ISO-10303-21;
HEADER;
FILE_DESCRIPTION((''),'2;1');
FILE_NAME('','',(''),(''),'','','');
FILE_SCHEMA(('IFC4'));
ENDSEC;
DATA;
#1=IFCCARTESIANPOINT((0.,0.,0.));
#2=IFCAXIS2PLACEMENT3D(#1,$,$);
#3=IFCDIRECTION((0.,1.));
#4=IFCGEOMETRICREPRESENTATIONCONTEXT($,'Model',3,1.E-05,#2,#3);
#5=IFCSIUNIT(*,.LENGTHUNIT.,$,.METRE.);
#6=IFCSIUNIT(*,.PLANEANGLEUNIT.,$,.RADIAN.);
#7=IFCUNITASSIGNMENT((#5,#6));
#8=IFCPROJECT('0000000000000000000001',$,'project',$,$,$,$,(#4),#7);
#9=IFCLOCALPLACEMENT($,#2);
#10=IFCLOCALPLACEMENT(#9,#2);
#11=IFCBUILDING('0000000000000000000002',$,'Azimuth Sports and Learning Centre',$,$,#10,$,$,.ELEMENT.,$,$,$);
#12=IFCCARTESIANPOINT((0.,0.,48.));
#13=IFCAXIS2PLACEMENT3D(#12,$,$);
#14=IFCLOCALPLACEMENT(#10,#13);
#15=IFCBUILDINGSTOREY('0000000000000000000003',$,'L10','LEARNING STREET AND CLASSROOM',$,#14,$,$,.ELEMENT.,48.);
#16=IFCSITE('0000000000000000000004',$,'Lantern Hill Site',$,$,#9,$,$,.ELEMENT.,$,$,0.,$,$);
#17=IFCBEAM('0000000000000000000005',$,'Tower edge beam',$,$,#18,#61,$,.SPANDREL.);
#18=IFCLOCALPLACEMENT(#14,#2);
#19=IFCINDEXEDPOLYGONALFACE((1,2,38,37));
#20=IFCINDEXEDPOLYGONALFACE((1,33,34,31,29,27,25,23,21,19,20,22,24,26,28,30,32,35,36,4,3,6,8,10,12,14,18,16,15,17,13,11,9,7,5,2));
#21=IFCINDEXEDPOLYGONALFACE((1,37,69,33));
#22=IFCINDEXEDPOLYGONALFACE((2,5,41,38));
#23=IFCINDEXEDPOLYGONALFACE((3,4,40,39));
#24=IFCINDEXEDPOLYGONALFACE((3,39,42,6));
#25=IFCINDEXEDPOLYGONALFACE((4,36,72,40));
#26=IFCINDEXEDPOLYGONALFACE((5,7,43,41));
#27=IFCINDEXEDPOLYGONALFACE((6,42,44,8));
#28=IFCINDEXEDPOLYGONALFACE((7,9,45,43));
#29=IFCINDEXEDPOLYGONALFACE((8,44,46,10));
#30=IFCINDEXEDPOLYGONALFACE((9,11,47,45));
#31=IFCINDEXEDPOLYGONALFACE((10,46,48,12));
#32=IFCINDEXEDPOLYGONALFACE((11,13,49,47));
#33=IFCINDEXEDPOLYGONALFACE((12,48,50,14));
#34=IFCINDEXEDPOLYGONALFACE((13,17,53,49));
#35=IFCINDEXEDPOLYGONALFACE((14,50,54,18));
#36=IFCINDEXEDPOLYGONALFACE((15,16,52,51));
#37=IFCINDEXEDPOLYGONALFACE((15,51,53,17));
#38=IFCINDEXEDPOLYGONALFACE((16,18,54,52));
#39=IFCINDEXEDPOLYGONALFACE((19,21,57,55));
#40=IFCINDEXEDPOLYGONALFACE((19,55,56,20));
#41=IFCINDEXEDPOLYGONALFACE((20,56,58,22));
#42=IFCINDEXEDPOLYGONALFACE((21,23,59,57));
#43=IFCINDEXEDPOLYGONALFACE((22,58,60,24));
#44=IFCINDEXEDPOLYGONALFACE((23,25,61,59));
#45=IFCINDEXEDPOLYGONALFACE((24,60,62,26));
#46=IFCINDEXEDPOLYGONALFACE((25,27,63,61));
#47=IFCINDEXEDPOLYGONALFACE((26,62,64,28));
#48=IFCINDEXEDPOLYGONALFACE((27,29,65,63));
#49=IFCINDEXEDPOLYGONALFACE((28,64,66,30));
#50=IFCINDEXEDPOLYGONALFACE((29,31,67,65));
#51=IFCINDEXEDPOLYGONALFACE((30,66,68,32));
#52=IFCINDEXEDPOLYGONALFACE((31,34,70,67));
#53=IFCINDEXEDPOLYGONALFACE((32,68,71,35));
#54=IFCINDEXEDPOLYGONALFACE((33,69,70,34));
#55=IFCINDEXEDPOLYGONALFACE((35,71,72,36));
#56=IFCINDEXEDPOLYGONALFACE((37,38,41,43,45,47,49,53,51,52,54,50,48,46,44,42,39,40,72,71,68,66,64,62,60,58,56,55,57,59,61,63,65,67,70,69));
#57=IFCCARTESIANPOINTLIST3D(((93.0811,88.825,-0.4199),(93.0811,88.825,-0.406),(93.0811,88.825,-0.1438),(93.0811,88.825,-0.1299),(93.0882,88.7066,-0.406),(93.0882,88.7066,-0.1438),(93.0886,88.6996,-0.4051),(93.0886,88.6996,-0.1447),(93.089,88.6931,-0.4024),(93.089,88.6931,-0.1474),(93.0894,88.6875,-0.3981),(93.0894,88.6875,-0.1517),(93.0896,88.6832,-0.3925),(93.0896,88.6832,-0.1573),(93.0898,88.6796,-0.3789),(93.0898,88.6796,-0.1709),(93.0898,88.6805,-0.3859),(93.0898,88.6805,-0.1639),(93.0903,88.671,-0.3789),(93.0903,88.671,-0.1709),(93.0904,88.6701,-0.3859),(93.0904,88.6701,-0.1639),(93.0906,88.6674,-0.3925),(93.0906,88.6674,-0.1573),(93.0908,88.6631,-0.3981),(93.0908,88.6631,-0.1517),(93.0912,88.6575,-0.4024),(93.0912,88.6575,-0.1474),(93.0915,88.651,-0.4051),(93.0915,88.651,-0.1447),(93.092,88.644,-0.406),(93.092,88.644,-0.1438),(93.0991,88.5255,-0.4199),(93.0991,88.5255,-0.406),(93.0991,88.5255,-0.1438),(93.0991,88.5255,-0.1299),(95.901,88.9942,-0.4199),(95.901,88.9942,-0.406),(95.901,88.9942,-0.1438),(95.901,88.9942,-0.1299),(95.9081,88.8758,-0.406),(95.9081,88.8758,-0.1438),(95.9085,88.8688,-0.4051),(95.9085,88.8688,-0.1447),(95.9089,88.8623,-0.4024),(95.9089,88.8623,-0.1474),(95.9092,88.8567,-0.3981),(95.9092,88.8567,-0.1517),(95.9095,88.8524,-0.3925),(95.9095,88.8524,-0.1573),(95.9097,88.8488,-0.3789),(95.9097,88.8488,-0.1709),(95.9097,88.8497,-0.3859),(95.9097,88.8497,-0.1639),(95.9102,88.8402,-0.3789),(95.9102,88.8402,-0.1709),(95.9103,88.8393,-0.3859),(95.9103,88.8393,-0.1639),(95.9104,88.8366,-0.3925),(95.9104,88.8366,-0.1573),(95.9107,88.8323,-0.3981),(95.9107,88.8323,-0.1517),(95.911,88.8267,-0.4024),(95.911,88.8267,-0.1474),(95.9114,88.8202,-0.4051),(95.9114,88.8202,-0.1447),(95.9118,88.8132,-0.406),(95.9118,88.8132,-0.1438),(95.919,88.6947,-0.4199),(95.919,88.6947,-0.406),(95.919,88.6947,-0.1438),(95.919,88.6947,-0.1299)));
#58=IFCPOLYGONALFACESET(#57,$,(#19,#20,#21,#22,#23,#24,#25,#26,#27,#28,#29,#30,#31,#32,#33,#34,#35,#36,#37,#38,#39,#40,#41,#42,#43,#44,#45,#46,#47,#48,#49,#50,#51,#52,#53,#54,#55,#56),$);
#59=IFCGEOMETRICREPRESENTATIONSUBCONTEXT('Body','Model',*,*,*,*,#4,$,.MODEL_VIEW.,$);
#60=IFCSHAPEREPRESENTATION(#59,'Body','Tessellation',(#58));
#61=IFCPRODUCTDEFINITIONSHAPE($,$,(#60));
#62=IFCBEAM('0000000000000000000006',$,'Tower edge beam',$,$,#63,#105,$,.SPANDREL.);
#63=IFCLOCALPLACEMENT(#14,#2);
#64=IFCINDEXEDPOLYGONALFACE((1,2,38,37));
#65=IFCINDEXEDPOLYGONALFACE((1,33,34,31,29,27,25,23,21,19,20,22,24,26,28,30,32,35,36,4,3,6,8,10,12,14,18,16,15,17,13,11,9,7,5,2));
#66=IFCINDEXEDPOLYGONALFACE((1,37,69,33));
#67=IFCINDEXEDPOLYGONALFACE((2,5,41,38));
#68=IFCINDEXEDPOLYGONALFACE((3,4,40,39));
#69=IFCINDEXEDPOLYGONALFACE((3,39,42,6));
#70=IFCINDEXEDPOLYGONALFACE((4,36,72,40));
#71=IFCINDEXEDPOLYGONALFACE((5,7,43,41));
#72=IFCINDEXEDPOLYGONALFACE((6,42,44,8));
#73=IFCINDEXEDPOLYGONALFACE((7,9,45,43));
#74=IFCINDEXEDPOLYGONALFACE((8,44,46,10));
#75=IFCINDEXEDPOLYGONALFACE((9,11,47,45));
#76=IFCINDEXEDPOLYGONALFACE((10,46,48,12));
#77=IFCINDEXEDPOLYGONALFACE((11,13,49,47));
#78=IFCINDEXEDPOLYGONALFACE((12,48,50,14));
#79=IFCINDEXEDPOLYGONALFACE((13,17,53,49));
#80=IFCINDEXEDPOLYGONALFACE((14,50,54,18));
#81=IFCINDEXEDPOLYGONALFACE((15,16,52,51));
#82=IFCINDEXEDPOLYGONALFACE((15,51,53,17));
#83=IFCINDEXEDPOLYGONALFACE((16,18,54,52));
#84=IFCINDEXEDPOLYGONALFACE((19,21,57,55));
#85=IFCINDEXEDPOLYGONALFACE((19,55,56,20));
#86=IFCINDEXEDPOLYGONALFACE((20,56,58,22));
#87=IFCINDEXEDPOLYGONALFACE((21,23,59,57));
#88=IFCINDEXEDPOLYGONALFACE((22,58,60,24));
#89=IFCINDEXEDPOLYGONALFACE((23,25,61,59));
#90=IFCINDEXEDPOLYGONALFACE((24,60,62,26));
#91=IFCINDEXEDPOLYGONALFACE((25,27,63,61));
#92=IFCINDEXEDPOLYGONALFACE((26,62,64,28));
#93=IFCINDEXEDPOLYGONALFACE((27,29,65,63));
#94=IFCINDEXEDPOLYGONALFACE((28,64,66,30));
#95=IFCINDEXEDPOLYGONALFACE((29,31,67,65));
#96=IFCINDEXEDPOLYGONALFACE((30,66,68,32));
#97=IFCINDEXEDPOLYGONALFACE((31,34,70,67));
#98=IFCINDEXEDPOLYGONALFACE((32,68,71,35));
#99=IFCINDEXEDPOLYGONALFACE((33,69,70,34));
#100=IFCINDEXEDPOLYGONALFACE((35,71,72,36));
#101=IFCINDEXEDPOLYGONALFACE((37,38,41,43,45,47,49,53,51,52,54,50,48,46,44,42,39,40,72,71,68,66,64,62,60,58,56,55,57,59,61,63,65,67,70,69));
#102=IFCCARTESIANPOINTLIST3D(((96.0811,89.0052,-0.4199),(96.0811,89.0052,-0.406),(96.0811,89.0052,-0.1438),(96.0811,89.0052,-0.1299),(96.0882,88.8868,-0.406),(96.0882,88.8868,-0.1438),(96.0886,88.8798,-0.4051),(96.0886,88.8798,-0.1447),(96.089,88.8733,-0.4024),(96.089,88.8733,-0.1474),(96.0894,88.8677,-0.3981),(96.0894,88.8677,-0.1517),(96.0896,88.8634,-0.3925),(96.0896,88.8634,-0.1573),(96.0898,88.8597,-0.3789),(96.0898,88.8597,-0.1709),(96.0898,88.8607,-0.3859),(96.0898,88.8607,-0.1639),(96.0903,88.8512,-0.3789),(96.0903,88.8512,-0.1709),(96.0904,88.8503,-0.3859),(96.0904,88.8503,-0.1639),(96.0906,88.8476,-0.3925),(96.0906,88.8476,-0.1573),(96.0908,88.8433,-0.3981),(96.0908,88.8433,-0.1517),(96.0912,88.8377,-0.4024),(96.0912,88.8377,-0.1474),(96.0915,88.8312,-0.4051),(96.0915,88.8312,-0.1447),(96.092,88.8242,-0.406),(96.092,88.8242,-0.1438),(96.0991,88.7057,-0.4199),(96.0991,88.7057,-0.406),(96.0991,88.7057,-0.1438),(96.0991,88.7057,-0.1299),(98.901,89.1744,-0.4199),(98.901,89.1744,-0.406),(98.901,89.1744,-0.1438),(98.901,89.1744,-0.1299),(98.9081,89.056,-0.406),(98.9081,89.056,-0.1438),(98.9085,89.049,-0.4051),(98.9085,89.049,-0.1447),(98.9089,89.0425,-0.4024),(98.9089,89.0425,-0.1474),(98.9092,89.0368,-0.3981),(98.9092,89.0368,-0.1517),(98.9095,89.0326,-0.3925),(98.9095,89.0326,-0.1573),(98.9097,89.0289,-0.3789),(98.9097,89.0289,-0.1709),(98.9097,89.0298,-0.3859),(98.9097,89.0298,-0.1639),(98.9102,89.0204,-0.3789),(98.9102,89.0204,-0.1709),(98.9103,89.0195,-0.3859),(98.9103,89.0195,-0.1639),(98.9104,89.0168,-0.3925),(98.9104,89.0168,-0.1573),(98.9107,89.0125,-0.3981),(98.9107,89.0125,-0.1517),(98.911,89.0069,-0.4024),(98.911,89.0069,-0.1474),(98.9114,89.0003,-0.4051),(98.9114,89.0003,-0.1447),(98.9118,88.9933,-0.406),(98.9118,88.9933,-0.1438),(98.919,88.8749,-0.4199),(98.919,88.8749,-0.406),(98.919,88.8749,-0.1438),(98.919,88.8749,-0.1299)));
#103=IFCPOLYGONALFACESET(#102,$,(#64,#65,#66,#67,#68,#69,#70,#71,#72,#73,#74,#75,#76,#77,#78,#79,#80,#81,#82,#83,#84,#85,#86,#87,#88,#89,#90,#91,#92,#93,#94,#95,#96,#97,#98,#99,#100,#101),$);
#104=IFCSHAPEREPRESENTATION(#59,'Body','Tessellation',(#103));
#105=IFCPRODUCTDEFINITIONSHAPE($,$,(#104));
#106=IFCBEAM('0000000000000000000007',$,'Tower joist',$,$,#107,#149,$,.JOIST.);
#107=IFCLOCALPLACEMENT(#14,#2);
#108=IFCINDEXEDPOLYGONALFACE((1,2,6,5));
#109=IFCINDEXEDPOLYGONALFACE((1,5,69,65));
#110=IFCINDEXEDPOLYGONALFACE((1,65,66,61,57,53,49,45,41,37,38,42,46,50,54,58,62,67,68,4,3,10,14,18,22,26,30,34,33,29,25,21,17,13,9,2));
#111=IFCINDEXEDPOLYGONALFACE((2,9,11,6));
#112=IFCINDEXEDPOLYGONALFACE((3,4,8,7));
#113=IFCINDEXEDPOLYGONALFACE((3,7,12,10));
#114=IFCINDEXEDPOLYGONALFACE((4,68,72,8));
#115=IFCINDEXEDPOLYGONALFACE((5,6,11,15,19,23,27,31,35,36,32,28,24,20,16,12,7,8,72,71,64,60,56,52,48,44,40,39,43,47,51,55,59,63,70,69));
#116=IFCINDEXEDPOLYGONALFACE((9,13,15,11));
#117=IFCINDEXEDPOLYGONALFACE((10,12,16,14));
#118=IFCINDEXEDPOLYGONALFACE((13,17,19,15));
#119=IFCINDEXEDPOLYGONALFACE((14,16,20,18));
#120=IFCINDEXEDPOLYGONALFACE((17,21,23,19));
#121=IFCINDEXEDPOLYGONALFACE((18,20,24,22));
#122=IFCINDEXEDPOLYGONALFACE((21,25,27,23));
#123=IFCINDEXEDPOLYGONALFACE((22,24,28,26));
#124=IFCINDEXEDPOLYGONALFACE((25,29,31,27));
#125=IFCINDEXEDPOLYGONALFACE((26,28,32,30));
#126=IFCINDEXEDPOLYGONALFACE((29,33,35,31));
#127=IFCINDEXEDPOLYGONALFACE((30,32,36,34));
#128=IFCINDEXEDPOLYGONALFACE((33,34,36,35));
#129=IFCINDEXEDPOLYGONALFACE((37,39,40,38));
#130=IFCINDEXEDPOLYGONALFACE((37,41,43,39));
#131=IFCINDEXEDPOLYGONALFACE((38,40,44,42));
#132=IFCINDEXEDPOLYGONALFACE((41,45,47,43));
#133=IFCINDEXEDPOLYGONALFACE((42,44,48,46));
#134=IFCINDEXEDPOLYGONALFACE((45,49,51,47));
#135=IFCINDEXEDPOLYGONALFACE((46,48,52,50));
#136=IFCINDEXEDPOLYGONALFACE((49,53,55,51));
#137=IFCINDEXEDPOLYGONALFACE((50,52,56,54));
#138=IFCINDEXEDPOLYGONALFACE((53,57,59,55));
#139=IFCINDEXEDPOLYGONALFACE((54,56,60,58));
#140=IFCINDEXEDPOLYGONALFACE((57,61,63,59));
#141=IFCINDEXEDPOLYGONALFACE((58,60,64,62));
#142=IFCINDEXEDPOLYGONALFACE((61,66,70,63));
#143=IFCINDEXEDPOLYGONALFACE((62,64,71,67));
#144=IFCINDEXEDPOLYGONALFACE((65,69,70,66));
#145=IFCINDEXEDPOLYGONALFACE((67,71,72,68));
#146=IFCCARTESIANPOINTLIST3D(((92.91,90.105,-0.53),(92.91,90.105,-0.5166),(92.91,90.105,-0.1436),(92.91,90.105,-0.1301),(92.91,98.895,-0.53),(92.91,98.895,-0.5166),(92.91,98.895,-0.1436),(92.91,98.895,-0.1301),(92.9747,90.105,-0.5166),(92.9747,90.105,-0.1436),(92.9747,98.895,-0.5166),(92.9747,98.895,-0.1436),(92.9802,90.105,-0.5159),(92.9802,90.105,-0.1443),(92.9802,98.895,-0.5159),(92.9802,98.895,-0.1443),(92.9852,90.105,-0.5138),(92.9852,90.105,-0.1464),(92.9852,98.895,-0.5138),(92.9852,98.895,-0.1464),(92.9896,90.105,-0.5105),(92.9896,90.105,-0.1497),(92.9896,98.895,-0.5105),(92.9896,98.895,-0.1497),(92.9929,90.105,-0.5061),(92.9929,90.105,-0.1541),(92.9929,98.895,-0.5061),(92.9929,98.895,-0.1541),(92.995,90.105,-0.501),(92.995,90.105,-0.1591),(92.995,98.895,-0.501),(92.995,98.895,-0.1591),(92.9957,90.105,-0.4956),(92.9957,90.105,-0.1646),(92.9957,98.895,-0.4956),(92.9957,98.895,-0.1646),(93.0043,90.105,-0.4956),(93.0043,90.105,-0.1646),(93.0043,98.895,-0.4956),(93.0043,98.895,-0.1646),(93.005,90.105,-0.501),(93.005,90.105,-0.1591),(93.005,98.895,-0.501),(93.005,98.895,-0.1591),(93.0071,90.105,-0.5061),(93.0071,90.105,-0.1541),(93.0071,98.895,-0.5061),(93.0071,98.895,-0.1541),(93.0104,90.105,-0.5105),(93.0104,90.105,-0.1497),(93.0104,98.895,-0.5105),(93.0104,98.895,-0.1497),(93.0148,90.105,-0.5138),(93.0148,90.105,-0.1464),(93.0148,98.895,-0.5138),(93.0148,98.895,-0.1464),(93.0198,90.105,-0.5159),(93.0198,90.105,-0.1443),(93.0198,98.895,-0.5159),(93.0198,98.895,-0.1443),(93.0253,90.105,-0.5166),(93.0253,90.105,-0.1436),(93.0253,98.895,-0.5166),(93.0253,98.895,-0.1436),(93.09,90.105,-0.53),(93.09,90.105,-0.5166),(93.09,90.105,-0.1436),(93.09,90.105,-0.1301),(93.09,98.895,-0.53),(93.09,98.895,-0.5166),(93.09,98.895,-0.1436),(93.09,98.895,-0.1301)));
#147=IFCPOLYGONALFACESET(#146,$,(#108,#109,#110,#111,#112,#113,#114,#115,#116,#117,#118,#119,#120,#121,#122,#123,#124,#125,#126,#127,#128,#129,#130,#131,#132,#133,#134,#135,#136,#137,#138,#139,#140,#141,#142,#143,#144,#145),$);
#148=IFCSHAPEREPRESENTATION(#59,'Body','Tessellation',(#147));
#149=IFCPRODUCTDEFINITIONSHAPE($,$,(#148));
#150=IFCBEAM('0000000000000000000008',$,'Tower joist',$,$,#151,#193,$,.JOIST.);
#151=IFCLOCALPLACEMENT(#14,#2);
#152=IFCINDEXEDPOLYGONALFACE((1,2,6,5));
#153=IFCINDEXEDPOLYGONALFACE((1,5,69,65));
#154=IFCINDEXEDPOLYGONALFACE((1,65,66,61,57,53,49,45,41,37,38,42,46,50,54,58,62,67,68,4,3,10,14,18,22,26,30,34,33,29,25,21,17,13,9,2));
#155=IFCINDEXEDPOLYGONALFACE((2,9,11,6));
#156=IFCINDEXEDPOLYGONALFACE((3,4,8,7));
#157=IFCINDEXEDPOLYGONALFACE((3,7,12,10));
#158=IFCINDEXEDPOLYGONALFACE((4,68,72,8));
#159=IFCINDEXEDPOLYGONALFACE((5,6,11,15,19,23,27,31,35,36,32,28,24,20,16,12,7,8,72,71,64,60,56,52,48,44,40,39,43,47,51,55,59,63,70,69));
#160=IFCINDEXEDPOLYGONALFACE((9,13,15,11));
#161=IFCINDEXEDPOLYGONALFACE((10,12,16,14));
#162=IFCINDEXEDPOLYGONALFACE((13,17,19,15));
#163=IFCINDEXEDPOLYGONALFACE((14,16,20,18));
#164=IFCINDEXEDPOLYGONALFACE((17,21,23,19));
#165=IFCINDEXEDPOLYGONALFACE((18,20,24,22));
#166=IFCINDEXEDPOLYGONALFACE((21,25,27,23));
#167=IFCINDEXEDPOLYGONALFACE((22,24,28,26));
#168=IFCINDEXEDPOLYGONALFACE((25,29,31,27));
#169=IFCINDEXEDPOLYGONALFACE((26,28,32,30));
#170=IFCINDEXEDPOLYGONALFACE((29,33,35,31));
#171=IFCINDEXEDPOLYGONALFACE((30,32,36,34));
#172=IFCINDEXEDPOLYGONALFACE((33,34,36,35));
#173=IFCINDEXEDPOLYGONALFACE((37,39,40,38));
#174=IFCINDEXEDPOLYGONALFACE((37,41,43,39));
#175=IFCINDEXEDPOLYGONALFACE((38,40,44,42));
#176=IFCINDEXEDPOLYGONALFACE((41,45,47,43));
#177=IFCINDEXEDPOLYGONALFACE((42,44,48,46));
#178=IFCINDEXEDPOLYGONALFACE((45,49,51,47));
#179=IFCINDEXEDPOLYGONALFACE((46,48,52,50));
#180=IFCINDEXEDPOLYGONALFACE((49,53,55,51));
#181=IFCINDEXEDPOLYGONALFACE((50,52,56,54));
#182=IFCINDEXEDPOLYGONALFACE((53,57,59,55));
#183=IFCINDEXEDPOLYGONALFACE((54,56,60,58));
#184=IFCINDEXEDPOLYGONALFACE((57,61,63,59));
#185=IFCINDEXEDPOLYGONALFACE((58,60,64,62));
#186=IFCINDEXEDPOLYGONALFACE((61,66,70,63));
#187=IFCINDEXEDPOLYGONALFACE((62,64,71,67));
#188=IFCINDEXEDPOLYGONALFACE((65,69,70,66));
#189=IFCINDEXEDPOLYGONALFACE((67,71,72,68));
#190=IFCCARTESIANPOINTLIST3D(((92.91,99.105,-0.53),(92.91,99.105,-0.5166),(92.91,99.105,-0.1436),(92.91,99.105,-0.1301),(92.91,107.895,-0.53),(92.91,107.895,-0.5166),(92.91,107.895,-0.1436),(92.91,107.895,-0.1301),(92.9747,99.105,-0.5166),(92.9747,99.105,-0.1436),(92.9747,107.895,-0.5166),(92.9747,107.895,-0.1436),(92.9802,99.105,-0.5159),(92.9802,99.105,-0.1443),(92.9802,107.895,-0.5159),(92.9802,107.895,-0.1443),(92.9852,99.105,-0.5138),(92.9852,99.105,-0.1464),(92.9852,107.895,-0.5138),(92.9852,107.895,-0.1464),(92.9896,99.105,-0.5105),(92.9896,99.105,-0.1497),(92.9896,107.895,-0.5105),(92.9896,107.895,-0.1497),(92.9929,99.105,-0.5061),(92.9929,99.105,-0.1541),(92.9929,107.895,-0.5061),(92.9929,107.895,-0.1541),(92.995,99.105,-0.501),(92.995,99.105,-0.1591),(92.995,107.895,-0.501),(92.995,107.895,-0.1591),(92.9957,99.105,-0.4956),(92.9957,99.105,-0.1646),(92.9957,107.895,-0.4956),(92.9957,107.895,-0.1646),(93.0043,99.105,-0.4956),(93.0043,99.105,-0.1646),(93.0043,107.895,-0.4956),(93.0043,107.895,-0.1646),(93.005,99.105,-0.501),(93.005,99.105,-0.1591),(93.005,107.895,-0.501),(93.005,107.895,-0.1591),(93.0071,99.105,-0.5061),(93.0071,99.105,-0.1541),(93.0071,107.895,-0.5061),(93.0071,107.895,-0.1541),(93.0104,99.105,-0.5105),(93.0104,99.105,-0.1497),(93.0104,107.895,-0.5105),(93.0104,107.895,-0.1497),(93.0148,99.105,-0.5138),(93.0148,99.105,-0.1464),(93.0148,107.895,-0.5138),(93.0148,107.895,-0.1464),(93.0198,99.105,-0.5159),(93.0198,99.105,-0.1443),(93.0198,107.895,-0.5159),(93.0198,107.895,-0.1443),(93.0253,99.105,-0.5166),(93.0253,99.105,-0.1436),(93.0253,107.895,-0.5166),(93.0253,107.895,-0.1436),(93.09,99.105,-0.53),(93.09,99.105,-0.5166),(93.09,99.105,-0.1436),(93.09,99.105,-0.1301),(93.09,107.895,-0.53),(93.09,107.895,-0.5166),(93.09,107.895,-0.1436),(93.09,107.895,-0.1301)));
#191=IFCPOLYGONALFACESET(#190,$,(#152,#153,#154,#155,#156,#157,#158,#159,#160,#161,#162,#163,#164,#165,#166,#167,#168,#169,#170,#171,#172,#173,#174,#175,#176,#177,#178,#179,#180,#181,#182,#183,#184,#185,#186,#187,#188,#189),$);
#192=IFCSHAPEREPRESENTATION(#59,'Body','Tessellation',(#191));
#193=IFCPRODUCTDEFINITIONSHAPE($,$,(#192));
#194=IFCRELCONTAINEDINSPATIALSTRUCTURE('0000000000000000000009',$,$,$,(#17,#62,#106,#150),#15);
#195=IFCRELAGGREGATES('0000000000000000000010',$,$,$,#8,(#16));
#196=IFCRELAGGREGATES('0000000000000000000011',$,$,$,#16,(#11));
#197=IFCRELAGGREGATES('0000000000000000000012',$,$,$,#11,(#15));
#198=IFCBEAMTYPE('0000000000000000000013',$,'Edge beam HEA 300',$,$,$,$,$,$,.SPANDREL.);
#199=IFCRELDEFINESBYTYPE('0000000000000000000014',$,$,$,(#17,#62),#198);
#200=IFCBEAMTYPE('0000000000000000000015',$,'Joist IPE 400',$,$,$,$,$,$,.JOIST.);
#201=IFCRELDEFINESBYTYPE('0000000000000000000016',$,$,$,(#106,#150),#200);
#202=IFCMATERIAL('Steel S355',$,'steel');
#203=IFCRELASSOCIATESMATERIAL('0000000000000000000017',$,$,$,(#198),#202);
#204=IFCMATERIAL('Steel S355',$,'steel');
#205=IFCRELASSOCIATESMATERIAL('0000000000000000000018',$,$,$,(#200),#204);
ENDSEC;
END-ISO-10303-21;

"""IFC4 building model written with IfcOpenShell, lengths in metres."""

from ifc_helpers import new_model, si_unit, direction, frame, origin, origin_2d, place, context, subcontext, project, spatial, i_section, extrude, material, material_profile, profile_set, type_object, element, save


model = new_model("IFC4")

# Units and contexts
model_context = context("Model", 3, precision=1e-05, world=origin(), true_north=direction((0.0, 1.0)))
body_context = subcontext(model_context, "Body", "Model", "MODEL_VIEW")
ifc_project = project(units=[si_unit("LENGTHUNIT", "METRE"), si_unit("PLANEANGLEUNIT", "RADIAN")], contexts=[model_context])

# Site, building, storey
site_placement = place(None, origin())
site = spatial("IfcSite", under=ifc_project, at=site_placement, Name="Lantern Hill Site", CompositionType="ELEMENT", RefElevation=0.0)
building_placement = place(site_placement, origin())
building = spatial("IfcBuilding", under=site, at=building_placement, Name="Azimuth Sports and Learning Centre", CompositionType="ELEMENT")
storey_placement = place(building_placement, frame((0.0, 0.0, 48.0)))
storey = spatial("IfcBuildingStorey", under=building, at=storey_placement, Name="L10", Description="LEARNING STREET AND CLASSROOM", CompositionType="ELEMENT", Elevation=48.0)

# Beams
ifc_material_1 = material(Name="Steel S355", Category="steel")
ifc_material_profile_1 = material_profile(ifc_material_1, i_section(OverallWidth=0.3, OverallDepth=0.29, WebThickness=0.0085, FlangeThickness=0.0139, FilletRadius=0.0271, at=origin_2d()), Name="HEA 300")
ifc_profile_set_1 = profile_set([ifc_material_profile_1], Name="Steel S355")
beam_type_1 = type_object("IfcBeamType", Name="Edge beam HEA 300", PredefinedType="SPANDREL", material=ifc_profile_set_1)
for number, where, z_axis, x_axis, name in (
    (1, (93.0901, 88.6753, -0.2749), (0.998205, 0.059892, 0.0), (-0.059892, 0.998205, 0.0), "Tower edge beam"),
    (2, (96.0901, 88.8555, -0.2749), (0.998205, 0.059892, 0.0), (-0.059892, 0.998205, 0.0), "Tower edge beam"),
):
    element("IfcBeam", number, at=place(storey_placement, frame(where, z_axis=z_axis, x_axis=x_axis)), inside=storey, type_object=beam_type_1, Name=name, PredefinedType="SPANDREL", context=body_context, shape_type="SweptSolid", body=[
        extrude(i_section(OverallWidth=0.3, OverallDepth=0.29, WebThickness=0.0085, FlangeThickness=0.0139, FilletRadius=0.0271, at=origin_2d()), origin(), (0.0, 0.0, 1.0), 2.825),
    ])
ifc_material_2 = material(Name="Steel S355", Category="steel")
ifc_material_profile_2 = material_profile(ifc_material_2, i_section(OverallWidth=0.1799, OverallDepth=0.3999, WebThickness=0.0085, FlangeThickness=0.0134, FilletRadius=0.021, at=origin_2d()), Name="IPE 400")
ifc_profile_set_2 = profile_set([ifc_material_profile_2], Name="Steel S355")
beam_type_2 = type_object("IfcBeamType", Name="Joist IPE 400", PredefinedType="JOIST", material=ifc_profile_set_2)
for number, where, z_axis, x_axis, name in (
    (3, (93.0, 90.105, -0.3301), (0.0, 1.0, 0.0), (-1.0, 0.0, 0.0), "Tower joist"),
    (4, (93.0, 99.105, -0.3301), (0.0, 1.0, 0.0), (-1.0, 0.0, 0.0), "Tower joist"),
):
    element("IfcBeam", number, at=place(storey_placement, frame(where, z_axis=z_axis, x_axis=x_axis)), inside=storey, type_object=beam_type_2, Name=name, PredefinedType="JOIST", context=body_context, shape_type="SweptSolid", body=[
        extrude(i_section(OverallWidth=0.1799, OverallDepth=0.3999, WebThickness=0.0085, FlangeThickness=0.0134, FilletRadius=0.021, at=origin_2d()), origin(), (0.0, 0.0, 1.0), 8.79),
    ])

save(model, "model.ifc")
